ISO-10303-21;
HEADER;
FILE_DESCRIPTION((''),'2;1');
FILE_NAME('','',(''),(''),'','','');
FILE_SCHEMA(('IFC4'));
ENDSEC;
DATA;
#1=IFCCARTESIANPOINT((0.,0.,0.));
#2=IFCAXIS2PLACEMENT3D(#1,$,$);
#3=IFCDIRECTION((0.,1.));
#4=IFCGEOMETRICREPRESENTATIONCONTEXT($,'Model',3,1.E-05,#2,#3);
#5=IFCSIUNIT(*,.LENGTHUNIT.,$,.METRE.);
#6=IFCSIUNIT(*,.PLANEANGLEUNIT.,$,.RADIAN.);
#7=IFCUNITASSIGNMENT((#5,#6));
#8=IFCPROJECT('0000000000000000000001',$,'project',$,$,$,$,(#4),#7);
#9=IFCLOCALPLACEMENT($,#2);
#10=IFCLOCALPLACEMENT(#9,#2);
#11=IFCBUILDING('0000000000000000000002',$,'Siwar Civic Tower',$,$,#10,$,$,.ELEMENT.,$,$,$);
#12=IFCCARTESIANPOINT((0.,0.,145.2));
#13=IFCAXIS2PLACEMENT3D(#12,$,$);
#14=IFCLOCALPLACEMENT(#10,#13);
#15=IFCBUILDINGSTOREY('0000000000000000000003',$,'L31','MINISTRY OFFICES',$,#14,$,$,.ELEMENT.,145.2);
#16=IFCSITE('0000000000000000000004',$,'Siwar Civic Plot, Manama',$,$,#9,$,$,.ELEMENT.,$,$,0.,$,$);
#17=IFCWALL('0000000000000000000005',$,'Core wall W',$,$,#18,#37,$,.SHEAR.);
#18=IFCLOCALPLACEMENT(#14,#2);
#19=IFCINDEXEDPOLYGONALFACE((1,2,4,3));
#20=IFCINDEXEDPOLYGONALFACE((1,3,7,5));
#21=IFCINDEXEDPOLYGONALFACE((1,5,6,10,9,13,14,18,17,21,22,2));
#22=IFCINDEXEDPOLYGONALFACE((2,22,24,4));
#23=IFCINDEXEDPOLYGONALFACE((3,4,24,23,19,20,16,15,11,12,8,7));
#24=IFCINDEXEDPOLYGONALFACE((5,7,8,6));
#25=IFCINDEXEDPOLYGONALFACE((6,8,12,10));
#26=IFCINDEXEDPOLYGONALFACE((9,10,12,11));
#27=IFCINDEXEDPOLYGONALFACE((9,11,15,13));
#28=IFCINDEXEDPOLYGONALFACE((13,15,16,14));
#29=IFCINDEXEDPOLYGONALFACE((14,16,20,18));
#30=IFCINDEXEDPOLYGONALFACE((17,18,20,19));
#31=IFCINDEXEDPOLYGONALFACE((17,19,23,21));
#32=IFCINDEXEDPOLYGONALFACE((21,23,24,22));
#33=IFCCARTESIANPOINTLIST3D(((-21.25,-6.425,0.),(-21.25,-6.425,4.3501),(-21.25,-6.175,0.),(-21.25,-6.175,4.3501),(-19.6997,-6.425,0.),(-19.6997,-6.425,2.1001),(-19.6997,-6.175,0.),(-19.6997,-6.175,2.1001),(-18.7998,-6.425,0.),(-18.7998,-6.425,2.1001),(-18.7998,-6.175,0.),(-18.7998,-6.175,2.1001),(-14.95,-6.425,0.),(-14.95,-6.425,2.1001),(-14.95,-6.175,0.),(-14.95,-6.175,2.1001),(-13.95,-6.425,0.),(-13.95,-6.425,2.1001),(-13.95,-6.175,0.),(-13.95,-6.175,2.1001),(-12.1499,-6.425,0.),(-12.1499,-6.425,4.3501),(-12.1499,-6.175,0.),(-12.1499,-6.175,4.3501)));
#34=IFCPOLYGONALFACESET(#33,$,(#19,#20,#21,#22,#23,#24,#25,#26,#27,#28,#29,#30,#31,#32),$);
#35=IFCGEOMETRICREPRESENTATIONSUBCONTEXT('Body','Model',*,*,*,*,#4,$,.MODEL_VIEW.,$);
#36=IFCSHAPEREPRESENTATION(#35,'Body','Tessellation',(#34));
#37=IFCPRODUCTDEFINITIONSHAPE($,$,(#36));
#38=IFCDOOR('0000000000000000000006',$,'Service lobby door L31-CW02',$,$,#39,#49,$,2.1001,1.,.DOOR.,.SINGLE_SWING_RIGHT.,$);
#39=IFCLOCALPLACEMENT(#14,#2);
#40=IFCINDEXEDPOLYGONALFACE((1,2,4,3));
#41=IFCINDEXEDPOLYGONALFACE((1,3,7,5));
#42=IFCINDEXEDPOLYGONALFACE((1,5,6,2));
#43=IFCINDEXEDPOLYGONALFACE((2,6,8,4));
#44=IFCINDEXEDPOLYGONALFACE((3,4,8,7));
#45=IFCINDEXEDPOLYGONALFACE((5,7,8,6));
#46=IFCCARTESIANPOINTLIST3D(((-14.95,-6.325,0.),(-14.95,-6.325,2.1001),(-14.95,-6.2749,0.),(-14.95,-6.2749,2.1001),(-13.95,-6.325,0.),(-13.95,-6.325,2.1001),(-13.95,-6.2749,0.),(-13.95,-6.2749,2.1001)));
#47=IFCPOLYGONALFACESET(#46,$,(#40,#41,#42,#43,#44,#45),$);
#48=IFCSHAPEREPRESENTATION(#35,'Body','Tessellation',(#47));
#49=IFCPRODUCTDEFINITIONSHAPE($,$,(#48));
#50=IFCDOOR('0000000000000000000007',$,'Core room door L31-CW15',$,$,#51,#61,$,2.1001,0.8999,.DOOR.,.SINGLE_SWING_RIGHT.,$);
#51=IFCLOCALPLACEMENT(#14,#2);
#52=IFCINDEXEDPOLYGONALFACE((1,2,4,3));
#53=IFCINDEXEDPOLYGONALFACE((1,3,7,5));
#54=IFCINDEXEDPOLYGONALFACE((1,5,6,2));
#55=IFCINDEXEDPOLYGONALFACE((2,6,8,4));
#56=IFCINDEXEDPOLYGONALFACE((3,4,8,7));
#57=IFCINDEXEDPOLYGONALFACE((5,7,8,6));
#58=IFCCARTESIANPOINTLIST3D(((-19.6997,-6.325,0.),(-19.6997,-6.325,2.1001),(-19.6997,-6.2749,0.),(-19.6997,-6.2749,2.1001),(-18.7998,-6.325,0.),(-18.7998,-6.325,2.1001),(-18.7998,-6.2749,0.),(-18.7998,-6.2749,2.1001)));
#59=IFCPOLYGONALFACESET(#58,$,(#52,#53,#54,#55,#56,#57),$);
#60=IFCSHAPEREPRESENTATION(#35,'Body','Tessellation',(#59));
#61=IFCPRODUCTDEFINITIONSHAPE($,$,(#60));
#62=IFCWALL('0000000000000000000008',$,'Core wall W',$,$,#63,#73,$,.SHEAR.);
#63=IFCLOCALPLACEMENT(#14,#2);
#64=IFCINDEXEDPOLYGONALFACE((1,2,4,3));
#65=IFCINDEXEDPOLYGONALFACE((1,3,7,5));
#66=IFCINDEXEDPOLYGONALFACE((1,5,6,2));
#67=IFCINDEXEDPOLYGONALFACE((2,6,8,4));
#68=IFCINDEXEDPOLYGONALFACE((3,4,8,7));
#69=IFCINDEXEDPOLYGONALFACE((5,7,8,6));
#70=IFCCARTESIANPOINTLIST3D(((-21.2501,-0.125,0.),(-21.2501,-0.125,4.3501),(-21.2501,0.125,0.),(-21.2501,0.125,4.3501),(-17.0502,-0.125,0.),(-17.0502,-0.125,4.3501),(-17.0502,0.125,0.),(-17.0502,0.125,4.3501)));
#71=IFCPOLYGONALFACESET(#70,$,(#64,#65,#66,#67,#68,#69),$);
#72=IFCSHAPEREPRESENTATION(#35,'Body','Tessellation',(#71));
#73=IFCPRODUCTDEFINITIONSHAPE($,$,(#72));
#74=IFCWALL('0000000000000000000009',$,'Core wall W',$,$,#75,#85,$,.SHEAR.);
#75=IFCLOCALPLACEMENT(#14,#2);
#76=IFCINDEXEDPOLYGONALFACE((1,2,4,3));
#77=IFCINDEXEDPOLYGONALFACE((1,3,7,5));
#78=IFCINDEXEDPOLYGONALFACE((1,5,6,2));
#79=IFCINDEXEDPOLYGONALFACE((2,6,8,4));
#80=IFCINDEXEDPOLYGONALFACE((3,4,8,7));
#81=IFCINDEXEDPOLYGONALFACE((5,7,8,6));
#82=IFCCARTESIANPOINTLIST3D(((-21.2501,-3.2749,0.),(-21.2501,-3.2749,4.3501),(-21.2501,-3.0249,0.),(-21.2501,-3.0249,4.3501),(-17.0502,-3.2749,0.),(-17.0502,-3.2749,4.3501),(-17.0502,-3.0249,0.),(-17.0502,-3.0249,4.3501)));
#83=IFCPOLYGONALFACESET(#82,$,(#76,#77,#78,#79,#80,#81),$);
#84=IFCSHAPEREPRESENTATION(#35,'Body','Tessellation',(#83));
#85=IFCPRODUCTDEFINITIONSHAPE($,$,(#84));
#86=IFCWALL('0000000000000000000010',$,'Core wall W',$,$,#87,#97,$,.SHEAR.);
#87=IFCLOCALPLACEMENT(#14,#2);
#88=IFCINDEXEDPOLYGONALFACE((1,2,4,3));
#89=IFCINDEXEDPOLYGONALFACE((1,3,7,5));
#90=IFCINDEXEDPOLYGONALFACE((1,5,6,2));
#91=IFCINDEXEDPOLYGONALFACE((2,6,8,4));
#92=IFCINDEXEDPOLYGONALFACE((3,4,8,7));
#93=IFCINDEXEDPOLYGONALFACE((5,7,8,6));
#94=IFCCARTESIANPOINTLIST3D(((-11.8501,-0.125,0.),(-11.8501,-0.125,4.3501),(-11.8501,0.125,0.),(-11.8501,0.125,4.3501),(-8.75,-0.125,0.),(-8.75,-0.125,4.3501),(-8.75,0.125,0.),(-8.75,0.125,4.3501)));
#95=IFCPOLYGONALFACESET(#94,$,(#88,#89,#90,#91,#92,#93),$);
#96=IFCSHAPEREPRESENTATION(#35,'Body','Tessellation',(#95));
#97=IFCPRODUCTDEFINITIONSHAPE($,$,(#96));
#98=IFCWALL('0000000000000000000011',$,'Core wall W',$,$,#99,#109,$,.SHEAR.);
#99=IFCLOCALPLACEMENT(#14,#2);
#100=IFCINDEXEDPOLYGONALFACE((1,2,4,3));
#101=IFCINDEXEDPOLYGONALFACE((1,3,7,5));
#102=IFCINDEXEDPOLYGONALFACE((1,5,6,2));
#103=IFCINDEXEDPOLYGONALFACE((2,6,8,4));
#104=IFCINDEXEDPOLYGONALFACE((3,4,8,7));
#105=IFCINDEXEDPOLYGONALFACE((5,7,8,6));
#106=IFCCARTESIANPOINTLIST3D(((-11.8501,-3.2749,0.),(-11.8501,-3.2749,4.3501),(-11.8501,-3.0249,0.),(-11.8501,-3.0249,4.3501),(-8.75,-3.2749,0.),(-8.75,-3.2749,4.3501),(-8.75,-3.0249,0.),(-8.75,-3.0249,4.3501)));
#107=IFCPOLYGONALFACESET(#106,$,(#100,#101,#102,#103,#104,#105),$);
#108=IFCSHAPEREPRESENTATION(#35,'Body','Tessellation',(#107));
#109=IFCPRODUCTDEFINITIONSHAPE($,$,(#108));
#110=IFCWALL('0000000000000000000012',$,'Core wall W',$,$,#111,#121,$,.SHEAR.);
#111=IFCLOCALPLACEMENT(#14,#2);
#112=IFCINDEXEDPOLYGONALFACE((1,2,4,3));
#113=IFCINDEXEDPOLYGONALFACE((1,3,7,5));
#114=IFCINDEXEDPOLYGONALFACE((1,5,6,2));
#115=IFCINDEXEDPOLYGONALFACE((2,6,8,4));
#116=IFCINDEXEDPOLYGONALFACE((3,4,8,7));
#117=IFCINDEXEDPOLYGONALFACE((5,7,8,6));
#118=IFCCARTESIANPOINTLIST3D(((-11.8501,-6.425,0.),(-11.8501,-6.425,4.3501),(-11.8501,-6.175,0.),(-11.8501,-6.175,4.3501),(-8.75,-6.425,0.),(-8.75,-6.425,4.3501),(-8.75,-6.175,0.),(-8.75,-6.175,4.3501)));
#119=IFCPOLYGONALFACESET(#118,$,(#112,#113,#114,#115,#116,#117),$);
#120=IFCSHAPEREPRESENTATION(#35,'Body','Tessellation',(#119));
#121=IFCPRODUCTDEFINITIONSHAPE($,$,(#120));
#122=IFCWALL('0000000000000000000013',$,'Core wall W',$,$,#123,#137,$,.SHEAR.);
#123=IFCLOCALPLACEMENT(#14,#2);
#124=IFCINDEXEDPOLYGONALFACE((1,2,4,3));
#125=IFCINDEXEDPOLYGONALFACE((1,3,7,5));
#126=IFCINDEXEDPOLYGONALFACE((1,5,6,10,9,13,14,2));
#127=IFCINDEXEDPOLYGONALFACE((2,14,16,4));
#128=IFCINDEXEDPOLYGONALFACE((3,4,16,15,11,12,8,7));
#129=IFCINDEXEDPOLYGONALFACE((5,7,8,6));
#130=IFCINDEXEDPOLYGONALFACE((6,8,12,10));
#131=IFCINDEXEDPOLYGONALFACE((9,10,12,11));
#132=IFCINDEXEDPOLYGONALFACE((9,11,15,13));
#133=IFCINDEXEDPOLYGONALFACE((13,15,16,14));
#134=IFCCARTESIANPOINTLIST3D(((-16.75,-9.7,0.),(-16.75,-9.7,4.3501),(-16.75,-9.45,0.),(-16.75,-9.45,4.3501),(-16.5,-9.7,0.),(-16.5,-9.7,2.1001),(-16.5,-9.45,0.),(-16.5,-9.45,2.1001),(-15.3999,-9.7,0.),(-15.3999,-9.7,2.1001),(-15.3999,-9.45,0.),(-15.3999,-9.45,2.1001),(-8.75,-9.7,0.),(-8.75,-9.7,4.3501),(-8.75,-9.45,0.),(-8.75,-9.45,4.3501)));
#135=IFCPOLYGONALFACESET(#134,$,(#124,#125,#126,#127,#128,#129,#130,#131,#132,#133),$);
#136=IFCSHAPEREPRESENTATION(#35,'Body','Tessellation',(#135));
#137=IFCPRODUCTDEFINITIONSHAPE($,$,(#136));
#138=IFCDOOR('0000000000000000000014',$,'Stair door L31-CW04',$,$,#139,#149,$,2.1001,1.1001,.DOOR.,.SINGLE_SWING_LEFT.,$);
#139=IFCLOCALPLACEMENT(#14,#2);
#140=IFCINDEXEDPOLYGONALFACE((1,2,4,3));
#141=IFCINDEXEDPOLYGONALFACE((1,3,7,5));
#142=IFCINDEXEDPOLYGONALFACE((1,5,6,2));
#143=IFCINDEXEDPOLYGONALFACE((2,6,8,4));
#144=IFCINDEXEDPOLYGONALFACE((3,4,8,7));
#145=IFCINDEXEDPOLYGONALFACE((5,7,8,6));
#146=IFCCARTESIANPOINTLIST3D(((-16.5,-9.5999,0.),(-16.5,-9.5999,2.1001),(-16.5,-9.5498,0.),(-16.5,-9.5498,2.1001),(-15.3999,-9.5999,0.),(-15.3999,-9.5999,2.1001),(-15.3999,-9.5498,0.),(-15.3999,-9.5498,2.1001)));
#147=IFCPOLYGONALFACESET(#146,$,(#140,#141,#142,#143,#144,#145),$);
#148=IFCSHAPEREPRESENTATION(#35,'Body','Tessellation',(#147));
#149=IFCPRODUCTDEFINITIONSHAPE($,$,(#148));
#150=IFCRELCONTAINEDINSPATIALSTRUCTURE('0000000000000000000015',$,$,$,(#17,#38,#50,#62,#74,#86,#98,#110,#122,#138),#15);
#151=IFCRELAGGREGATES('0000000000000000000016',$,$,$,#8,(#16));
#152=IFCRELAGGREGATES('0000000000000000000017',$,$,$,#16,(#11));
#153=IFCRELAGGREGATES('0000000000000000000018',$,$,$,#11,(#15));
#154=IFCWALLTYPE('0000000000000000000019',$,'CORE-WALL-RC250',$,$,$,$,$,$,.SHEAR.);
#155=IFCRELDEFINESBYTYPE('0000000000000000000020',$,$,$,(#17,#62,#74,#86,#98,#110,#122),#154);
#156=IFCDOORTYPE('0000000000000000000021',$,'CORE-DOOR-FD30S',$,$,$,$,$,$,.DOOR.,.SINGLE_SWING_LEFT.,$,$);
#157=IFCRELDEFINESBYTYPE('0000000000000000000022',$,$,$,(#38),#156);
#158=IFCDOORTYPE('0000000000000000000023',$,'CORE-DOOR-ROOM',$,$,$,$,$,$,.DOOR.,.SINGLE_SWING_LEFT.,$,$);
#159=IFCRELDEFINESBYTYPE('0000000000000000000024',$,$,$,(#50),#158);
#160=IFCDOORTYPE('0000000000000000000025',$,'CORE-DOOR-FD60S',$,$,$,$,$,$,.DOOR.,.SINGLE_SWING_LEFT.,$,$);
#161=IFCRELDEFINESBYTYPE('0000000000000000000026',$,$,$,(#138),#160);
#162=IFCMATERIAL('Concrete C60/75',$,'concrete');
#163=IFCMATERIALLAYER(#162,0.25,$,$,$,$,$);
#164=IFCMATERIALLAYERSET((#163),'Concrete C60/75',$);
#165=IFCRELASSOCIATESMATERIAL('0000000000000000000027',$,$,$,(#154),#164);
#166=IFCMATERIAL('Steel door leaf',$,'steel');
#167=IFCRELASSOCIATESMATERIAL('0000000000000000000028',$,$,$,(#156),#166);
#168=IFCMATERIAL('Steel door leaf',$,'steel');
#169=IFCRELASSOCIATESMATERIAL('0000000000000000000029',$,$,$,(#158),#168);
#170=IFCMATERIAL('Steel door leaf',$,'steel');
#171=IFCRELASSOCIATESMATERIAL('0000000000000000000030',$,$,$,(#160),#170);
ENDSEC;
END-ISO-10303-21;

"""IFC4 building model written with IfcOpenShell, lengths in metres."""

from ifc_helpers import new_model, si_unit, direction, frame, frame_2d, origin, place, context, subcontext, project, spatial, rectangle, extrude, material, layer, layer_set, type_object, element, fill, save


model = new_model("IFC4")

# Units and contexts
model_context = context("Model", 3, precision=1e-05, world=origin(), true_north=direction((0.0, 1.0)))
body_context = subcontext(model_context, "Body", "Model", "MODEL_VIEW")
ifc_project = project(units=[si_unit("LENGTHUNIT", "METRE"), si_unit("PLANEANGLEUNIT", "RADIAN")], contexts=[model_context])

# Site, building, storey
site_placement = place(None, origin())
site = spatial("IfcSite", under=ifc_project, at=site_placement, Name="Siwar Civic Plot, Manama", CompositionType="ELEMENT", RefElevation=0.0)
building_placement = place(site_placement, origin())
building = spatial("IfcBuilding", under=site, at=building_placement, Name="Siwar Civic Tower", CompositionType="ELEMENT")
storey_placement = place(building_placement, frame((0.0, 0.0, 145.2)))
storey = spatial("IfcBuildingStorey", under=building, at=storey_placement, Name="L31", Description="MINISTRY OFFICES", CompositionType="ELEMENT", Elevation=145.2)

# Wall, openings, doors
ifc_material_1 = material(Name="Concrete C60/75", Category="concrete")
ifc_layer_1 = layer(ifc_material_1, 0.25)
ifc_layer_set_1 = layer_set([ifc_layer_1], Name="Concrete C60/75")
wall_type_1 = type_object("IfcWallType", Name="CORE-WALL-RC250", PredefinedType="SHEAR", material=ifc_layer_set_1)
wall_1_placement = place(storey_placement, frame((-12.1499, -6.3, 0.0), z_axis=(0.0, 0.0, 1.0), x_axis=(-1.0, 0.0, 0.0)))
wall_1 = element("IfcWall", 1, at=wall_1_placement, inside=storey, type_object=wall_type_1, Name="Core wall W", PredefinedType="SHEAR", context=body_context, shape_type="SweptSolid", body=[
    extrude(rectangle(XDim=9.1001, YDim=0.25, at=frame_2d((4.55, 0.0))), origin(), (0.0, 0.0, 1.0), 4.3501),
])
opening_1_placement = place(wall_1_placement, frame((1.8, 0.0, 0.0)))
opening_1 = element("IfcOpeningElement", 2, at=opening_1_placement, cuts=wall_1, PredefinedType="OPENING", context=body_context, shape_type="SweptSolid", body=[
    extrude(rectangle(XDim=1.0, YDim=2.1001, at=frame_2d((0.5, 1.05))), frame((0.0, 0.135, 0.0), z_axis=(0.0, -1.0, 0.0), x_axis=(1.0, 0.0, 0.0)), (0.0, 0.0, 1.0), 0.27),
])
opening_2_placement = place(wall_1_placement, frame((6.6499, 0.0, 0.0)))
opening_2 = element("IfcOpeningElement", 3, at=opening_2_placement, cuts=wall_1, PredefinedType="OPENING", context=body_context, shape_type="SweptSolid", body=[
    extrude(rectangle(XDim=0.8999, YDim=2.1001, at=frame_2d((0.45, 1.05))), frame((0.0, 0.135, 0.0), z_axis=(0.0, -1.0, 0.0), x_axis=(1.0, 0.0, 0.0)), (0.0, 0.0, 1.0), 0.27),
])
ifc_material_2 = material(Name="Steel door leaf", Category="steel")
door_type_1 = type_object("IfcDoorType", Name="CORE-DOOR-FD30S", OperationType="SINGLE_SWING_LEFT", PredefinedType="DOOR", material=ifc_material_2)
door_1_placement = place(opening_1_placement, origin())
door_1 = element("IfcDoor", 4, at=door_1_placement, inside=storey, type_object=door_type_1, Name="Service lobby door L31-CW02", OperationType="SINGLE_SWING_RIGHT", OverallHeight=2.1001, OverallWidth=1.0, PredefinedType="DOOR", context=body_context, shape_type="SweptSolid", body=[
    extrude(rectangle(XDim=1.0, YDim=2.1001, at=frame_2d((0.5, 1.05))), frame((0.0, 0.0249, 0.0), z_axis=(0.0, -1.0, 0.0), x_axis=(1.0, 0.0, 0.0)), (0.0, 0.0, 1.0), 0.05),
])
fill(opening_1, door_1)
ifc_material_3 = material(Name="Steel door leaf", Category="steel")
door_type_2 = type_object("IfcDoorType", Name="CORE-DOOR-ROOM", OperationType="SINGLE_SWING_LEFT", PredefinedType="DOOR", material=ifc_material_3)
door_2_placement = place(opening_2_placement, origin())
door_2 = element("IfcDoor", 5, at=door_2_placement, inside=storey, type_object=door_type_2, Name="Core room door L31-CW15", OperationType="SINGLE_SWING_RIGHT", OverallHeight=2.1001, OverallWidth=0.8999, PredefinedType="DOOR", context=body_context, shape_type="SweptSolid", body=[
    extrude(rectangle(XDim=0.8999, YDim=2.1001, at=frame_2d((0.45, 1.05))), frame((0.0, 0.0249, 0.0), z_axis=(0.0, -1.0, 0.0), x_axis=(1.0, 0.0, 0.0)), (0.0, 0.0, 1.0), 0.05),
])
fill(opening_2, door_2)

# Walls
for number, where, z_axis, x_axis, name in (
    (6, (-17.05, 0.0, 0.0), (0.0, 0.0, 1.0), (-1.0, 0.0, 0.0), "Core wall W"),
    (7, (-17.05, -3.1499, 0.0), (0.0, 0.0, 1.0), (-1.0, 0.0, 0.0), "Core wall W"),
):
    element("IfcWall", number, at=place(storey_placement, frame(where, z_axis=z_axis, x_axis=x_axis)), inside=storey, type_object=wall_type_1, Name=name, PredefinedType="SHEAR", context=body_context, shape_type="SweptSolid", body=[
        extrude(rectangle(XDim=4.2, YDim=0.25, at=frame_2d((2.1001, 0.0))), origin(), (0.0, 0.0, 1.0), 4.3501),
    ])
for number, where, z_axis, x_axis, name in (
    (8, (-8.75, 0.0, 0.0), (0.0, 0.0, 1.0), (-1.0, 0.0, 0.0), "Core wall W"),
    (9, (-8.75, -3.1499, 0.0), (0.0, 0.0, 1.0), (-1.0, 0.0, 0.0), "Core wall W"),
    (10, (-8.75, -6.3, 0.0), (0.0, 0.0, 1.0), (-1.0, 0.0, 0.0), "Core wall W"),
):
    element("IfcWall", number, at=place(storey_placement, frame(where, z_axis=z_axis, x_axis=x_axis)), inside=storey, type_object=wall_type_1, Name=name, PredefinedType="SHEAR", context=body_context, shape_type="SweptSolid", body=[
        extrude(rectangle(XDim=3.1001, YDim=0.25, at=frame_2d((1.55, 0.0))), origin(), (0.0, 0.0, 1.0), 4.3501),
    ])

# Wall, opening, door
wall_2_placement = place(storey_placement, frame((-8.75, -9.575, 0.0), z_axis=(0.0, 0.0, 1.0), x_axis=(-1.0, 0.0, 0.0)))
wall_2 = element("IfcWall", 11, at=wall_2_placement, inside=storey, type_object=wall_type_1, Name="Core wall W", PredefinedType="SHEAR", context=body_context, shape_type="SweptSolid", body=[
    extrude(rectangle(XDim=8.0, YDim=0.25, at=frame_2d((4.0, 0.0))), origin(), (0.0, 0.0, 1.0), 4.3501),
])
opening_3_placement = place(wall_2_placement, frame((6.6499, 0.0, 0.0)))
opening_3 = element("IfcOpeningElement", 12, at=opening_3_placement, cuts=wall_2, PredefinedType="OPENING", context=body_context, shape_type="SweptSolid", body=[
    extrude(rectangle(XDim=1.1001, YDim=2.1001, at=frame_2d((0.55, 1.05))), frame((0.0, 0.135, 0.0), z_axis=(0.0, -1.0, 0.0), x_axis=(1.0, 0.0, 0.0)), (0.0, 0.0, 1.0), 0.27),
])
ifc_material_4 = material(Name="Steel door leaf", Category="steel")
door_type_3 = type_object("IfcDoorType", Name="CORE-DOOR-FD60S", OperationType="SINGLE_SWING_LEFT", PredefinedType="DOOR", material=ifc_material_4)
door_3_placement = place(opening_3_placement, origin())
door_3 = element("IfcDoor", 13, at=door_3_placement, inside=storey, type_object=door_type_3, Name="Stair door L31-CW04", OperationType="SINGLE_SWING_LEFT", OverallHeight=2.1001, OverallWidth=1.1001, PredefinedType="DOOR", context=body_context, shape_type="SweptSolid", body=[
    extrude(rectangle(XDim=1.1001, YDim=2.1001, at=frame_2d((0.55, 1.05))), frame((0.0, 0.0249, 0.0), z_axis=(0.0, -1.0, 0.0), x_axis=(1.0, 0.0, 0.0)), (0.0, 0.0, 1.0), 0.05),
])
fill(opening_3, door_3)

save(model, "model.ifc")
